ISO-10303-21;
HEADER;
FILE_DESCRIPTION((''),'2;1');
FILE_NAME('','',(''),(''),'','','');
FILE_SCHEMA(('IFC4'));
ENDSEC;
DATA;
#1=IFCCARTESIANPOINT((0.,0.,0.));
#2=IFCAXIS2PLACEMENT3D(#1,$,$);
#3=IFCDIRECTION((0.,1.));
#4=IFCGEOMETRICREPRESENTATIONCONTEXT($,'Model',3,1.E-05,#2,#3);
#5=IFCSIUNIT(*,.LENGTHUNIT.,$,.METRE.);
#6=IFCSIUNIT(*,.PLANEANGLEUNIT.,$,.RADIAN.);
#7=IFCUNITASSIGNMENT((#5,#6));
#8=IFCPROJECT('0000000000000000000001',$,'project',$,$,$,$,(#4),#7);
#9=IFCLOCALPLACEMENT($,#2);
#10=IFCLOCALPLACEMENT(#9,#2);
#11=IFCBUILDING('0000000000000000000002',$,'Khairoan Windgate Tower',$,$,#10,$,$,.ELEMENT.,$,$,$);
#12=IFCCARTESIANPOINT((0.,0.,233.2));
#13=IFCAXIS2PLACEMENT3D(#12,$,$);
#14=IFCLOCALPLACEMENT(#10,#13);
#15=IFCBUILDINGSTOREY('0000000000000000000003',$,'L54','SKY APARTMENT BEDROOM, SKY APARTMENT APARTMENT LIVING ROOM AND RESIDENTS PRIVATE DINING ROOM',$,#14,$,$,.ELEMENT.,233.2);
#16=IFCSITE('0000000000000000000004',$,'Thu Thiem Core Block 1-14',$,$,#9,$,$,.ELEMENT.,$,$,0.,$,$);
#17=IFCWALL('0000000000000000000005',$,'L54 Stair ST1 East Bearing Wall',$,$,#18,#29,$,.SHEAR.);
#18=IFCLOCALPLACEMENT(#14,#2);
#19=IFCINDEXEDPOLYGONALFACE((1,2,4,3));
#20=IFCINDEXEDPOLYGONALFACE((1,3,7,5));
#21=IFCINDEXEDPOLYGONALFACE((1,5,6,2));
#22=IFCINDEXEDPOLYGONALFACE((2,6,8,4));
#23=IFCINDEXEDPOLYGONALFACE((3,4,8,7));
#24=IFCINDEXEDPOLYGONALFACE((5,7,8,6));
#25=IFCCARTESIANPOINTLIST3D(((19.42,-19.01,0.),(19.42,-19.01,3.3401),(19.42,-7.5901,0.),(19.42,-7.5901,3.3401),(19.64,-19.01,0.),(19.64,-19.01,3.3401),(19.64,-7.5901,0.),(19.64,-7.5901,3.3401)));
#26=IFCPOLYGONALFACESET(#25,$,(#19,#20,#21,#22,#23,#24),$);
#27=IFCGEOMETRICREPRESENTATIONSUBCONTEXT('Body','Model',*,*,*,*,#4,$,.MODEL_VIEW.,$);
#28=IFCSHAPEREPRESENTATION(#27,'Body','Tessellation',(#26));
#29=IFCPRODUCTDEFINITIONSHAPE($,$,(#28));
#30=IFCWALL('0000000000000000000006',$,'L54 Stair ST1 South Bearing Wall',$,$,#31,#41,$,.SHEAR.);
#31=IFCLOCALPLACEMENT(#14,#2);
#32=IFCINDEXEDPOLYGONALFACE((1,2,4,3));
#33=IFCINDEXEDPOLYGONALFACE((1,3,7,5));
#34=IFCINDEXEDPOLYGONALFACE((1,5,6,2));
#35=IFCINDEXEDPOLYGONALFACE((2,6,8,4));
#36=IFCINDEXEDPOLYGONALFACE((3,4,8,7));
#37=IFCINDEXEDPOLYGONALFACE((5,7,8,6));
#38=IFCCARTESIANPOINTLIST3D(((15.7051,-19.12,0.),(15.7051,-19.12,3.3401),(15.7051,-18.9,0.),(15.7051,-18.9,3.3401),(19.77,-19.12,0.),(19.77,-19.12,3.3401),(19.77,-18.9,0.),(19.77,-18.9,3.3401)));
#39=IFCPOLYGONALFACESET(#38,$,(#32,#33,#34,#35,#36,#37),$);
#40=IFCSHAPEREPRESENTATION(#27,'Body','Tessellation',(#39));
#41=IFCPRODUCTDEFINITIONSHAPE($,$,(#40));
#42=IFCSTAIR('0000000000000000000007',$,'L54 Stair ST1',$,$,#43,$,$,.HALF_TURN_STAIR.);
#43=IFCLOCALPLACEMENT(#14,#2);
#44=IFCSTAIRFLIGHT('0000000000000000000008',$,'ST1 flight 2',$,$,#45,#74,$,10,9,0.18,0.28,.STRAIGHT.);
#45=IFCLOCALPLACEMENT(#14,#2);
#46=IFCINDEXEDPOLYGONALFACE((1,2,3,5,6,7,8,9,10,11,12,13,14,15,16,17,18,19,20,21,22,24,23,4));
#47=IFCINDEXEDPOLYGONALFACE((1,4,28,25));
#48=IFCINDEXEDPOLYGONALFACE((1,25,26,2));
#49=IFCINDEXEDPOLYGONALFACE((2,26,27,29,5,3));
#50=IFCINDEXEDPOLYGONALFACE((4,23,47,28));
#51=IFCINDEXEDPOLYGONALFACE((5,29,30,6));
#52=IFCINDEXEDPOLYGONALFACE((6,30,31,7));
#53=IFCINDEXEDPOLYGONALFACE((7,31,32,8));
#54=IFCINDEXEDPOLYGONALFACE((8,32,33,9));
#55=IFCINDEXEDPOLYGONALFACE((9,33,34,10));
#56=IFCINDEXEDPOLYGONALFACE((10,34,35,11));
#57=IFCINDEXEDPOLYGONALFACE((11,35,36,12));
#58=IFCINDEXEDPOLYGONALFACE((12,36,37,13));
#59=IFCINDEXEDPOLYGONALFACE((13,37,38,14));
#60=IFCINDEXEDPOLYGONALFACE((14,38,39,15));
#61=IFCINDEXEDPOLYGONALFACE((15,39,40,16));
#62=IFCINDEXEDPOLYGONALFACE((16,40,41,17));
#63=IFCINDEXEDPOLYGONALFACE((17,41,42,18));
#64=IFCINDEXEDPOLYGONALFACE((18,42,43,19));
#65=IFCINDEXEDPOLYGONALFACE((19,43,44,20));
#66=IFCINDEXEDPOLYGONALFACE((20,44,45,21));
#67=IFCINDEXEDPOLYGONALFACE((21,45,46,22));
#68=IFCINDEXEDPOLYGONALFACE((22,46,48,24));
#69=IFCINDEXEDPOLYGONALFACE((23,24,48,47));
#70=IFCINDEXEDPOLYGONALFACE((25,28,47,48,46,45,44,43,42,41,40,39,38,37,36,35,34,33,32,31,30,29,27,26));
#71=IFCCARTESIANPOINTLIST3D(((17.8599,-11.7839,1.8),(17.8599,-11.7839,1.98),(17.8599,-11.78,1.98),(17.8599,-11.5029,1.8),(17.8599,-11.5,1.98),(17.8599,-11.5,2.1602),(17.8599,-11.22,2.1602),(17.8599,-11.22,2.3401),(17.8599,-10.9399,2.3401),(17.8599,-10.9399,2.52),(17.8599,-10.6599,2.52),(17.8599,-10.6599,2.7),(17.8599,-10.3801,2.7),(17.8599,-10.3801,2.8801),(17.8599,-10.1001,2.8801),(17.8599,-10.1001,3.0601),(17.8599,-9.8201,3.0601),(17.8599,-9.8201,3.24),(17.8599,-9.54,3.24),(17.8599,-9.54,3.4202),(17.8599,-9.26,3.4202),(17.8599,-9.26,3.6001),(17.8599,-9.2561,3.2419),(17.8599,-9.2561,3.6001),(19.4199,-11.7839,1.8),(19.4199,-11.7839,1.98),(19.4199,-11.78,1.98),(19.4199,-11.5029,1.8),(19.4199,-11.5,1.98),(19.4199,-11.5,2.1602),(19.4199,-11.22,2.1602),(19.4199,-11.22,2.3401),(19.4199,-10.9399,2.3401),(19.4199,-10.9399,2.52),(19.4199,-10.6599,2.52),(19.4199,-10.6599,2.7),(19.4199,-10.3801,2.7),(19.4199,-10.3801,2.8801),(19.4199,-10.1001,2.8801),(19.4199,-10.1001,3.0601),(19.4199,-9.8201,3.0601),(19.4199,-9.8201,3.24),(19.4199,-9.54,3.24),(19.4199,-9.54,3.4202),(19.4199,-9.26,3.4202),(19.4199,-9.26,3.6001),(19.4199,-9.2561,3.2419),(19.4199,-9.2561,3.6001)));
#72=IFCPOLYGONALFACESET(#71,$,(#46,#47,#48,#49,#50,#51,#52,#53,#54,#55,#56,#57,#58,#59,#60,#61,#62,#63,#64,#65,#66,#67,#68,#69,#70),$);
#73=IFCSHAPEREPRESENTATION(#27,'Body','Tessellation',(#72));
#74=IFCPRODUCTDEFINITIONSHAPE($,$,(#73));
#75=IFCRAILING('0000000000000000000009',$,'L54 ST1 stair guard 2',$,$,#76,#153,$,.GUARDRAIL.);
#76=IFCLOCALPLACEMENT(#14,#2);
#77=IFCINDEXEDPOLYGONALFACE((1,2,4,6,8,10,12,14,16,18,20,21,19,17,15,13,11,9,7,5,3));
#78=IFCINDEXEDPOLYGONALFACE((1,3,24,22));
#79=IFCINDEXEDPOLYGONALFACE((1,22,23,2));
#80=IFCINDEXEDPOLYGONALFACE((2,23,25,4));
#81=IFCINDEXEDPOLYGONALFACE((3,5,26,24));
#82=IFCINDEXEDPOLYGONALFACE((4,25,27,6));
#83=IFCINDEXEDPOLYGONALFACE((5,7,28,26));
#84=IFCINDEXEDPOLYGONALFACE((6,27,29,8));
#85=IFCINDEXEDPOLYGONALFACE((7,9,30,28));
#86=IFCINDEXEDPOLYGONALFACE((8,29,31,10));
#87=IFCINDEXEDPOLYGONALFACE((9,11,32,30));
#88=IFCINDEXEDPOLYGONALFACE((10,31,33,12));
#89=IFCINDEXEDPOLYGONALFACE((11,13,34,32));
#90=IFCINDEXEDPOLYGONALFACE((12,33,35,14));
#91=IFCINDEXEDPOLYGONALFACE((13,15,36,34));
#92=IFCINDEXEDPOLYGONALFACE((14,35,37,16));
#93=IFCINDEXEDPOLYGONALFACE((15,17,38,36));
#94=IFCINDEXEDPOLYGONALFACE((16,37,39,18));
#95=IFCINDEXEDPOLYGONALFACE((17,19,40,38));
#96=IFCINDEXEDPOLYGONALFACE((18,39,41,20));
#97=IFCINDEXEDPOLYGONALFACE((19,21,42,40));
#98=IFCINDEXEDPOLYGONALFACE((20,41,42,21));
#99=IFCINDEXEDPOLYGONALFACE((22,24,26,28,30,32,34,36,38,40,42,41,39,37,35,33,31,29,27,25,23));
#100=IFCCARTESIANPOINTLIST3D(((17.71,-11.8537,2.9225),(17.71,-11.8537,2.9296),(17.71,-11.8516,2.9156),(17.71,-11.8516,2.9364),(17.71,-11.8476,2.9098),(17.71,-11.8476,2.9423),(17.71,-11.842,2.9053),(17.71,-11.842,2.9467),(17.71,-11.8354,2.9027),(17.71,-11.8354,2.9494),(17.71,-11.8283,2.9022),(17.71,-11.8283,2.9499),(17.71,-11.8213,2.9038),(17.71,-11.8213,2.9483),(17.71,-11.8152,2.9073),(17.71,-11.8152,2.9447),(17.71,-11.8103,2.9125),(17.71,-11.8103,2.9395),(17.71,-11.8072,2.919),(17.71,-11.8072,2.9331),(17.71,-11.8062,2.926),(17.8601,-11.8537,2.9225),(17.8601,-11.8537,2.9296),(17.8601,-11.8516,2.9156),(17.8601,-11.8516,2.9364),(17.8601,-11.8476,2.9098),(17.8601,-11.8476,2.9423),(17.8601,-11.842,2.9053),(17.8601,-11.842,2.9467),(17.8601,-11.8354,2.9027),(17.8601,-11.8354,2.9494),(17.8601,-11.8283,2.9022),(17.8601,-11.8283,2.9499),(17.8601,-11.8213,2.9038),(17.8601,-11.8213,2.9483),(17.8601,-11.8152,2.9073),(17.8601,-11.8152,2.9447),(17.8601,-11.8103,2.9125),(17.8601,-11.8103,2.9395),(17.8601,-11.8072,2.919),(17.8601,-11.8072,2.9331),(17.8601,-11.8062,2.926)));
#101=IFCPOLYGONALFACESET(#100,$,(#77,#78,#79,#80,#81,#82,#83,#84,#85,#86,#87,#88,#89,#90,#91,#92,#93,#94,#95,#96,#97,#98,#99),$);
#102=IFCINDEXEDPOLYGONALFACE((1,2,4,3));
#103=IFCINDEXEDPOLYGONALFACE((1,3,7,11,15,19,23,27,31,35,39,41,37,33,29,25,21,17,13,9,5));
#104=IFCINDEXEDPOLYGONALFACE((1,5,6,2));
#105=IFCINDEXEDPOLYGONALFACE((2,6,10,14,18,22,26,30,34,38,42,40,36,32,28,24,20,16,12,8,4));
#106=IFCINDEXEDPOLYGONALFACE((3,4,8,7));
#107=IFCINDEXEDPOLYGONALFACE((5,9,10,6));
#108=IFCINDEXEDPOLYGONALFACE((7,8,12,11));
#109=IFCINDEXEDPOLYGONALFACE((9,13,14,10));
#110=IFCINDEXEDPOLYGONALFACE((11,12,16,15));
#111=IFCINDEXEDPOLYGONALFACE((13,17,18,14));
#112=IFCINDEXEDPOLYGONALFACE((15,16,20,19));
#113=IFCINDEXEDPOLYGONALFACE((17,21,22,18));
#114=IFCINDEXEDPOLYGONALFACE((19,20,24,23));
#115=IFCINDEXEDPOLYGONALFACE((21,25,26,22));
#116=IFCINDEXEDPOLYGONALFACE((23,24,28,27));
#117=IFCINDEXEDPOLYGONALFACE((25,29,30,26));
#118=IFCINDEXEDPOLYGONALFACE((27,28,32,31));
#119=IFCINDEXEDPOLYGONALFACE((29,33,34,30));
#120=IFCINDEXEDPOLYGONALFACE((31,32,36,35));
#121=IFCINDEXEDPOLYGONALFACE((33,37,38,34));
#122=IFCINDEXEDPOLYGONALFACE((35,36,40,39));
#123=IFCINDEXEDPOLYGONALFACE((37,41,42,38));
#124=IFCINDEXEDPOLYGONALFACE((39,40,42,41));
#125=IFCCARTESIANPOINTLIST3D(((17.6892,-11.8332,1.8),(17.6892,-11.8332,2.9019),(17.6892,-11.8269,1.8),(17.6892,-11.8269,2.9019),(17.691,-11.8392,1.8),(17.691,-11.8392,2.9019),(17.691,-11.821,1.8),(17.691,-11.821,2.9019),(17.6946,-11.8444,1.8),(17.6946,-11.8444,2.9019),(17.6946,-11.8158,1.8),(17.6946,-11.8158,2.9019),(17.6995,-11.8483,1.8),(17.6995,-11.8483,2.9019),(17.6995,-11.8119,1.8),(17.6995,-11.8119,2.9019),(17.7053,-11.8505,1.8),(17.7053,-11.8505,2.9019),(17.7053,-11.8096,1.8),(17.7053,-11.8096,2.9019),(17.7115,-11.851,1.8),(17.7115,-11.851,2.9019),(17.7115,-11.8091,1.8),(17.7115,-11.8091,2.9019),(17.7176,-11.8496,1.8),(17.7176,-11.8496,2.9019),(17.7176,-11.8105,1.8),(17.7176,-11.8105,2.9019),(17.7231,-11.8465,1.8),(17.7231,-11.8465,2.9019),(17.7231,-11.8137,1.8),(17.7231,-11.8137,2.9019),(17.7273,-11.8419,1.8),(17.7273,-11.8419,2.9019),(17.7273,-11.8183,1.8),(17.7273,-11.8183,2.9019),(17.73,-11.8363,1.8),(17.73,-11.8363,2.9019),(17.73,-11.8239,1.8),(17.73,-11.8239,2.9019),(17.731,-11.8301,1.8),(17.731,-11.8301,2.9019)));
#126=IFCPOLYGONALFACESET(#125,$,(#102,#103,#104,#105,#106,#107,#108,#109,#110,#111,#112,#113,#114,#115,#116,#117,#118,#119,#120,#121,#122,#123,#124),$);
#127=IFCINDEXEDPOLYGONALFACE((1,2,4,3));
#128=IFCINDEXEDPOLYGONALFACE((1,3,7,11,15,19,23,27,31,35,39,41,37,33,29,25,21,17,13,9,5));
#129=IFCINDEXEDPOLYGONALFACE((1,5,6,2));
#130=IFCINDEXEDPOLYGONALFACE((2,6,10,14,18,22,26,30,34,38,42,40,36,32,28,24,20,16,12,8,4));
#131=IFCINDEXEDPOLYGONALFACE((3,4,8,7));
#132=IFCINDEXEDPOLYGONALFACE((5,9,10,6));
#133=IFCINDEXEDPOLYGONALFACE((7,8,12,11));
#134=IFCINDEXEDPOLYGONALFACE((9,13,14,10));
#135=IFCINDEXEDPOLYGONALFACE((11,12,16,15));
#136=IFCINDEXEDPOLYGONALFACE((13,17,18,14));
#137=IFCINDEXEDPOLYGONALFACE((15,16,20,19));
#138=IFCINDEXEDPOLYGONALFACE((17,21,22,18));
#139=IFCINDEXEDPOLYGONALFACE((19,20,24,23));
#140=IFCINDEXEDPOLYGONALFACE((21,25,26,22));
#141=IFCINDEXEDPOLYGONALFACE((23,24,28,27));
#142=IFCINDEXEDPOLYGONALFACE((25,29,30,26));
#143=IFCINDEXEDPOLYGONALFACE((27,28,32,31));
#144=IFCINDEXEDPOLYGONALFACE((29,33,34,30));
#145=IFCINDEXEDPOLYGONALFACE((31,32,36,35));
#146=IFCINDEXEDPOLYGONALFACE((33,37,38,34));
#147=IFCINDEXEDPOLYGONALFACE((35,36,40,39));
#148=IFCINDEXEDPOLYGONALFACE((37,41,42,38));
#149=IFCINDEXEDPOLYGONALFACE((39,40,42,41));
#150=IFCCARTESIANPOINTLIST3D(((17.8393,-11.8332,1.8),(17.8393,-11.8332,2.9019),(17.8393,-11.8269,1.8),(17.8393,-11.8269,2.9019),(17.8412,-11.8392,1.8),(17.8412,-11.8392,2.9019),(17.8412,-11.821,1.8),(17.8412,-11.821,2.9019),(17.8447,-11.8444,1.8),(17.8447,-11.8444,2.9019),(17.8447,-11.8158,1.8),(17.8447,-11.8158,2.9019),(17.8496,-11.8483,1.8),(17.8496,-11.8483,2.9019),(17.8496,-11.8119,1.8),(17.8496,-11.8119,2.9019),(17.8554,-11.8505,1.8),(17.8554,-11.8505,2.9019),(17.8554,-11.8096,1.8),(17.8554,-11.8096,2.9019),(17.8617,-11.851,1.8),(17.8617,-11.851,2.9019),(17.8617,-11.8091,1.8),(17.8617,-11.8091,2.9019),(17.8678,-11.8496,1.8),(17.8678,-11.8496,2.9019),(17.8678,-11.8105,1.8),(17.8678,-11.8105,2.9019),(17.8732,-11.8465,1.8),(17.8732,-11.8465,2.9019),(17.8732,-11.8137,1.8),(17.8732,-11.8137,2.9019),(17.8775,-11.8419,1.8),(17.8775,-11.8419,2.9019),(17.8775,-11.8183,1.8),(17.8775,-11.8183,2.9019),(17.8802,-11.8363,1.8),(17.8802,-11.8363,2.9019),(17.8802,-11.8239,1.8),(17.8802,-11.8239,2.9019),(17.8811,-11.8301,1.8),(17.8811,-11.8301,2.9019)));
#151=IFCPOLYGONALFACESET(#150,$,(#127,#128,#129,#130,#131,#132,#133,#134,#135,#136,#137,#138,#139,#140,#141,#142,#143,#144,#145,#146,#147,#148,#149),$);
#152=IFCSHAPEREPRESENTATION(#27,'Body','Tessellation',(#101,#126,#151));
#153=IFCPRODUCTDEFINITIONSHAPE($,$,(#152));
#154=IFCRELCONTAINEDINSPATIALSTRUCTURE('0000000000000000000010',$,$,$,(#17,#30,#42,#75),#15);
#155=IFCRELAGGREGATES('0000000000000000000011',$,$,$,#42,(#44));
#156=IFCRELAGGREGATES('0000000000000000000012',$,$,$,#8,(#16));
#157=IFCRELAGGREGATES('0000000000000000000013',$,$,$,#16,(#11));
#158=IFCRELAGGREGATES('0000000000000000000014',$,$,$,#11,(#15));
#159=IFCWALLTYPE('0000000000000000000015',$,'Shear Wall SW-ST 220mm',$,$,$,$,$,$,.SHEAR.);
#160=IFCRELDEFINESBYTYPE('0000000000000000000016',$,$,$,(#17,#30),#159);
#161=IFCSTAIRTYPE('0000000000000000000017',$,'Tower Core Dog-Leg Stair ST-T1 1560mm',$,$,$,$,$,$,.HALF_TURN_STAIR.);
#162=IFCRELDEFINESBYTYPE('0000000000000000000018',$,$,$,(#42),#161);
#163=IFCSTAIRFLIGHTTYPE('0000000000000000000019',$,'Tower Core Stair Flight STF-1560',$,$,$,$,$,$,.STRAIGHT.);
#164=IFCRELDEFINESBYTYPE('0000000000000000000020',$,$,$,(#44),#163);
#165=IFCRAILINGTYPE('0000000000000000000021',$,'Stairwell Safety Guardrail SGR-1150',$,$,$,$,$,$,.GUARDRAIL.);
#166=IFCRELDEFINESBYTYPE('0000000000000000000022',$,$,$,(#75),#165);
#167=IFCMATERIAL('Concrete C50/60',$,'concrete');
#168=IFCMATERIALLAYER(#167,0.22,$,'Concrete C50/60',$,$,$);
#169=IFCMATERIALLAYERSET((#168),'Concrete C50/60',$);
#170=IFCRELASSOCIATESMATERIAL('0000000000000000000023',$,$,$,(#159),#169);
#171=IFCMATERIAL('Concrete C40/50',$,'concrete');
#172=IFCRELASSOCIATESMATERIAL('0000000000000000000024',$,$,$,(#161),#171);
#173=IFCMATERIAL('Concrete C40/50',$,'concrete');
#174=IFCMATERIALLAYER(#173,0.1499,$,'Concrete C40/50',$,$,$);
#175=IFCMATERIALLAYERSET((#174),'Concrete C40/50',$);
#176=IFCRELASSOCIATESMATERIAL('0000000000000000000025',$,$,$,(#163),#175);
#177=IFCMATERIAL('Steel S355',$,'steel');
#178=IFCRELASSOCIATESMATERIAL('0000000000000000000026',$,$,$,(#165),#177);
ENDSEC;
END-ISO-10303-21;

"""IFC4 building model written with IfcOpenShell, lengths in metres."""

from ifc_helpers import new_model, si_unit, direction, frame, frame_2d, origin, origin_2d, place, context, subcontext, project, spatial, polyline, rectangle, circle, outline, extrude, material, layer, layer_set, type_object, element, aggregate, save


model = new_model("IFC4")

# Units and contexts
model_context = context("Model", 3, precision=1e-05, world=origin(), true_north=direction((0.0, 1.0)))
body_context = subcontext(model_context, "Body", "Model", "MODEL_VIEW")
ifc_project = project(units=[si_unit("LENGTHUNIT", "METRE"), si_unit("PLANEANGLEUNIT", "RADIAN")], contexts=[model_context])

# Site, building, storey
site_placement = place(None, origin())
site = spatial("IfcSite", under=ifc_project, at=site_placement, Name="Thu Thiem Core Block 1-14", CompositionType="ELEMENT", RefElevation=0.0)
building_placement = place(site_placement, origin())
building = spatial("IfcBuilding", under=site, at=building_placement, Name="Khairoan Windgate Tower", CompositionType="ELEMENT")
storey_placement = place(building_placement, frame((0.0, 0.0, 233.2)))
storey = spatial("IfcBuildingStorey", under=building, at=storey_placement, Name="L54", Description="SKY APARTMENT BEDROOM, SKY APARTMENT APARTMENT LIVING ROOM AND RESIDENTS PRIVATE DINING ROOM", CompositionType="ELEMENT", Elevation=233.2)

# Walls
ifc_material_1 = material(Name="Concrete C50/60", Category="concrete")
ifc_layer_1 = layer(ifc_material_1, 0.22, Name="Concrete C50/60")
ifc_layer_set_1 = layer_set([ifc_layer_1], Name="Concrete C50/60")
wall_type_1 = type_object("IfcWallType", Name="Shear Wall SW-ST 220mm", PredefinedType="SHEAR", material=ifc_layer_set_1)
for number, where, z_axis, x_axis, name in (
    (1, (19.53, -19.01, 0.0), (0.0, 0.0, 1.0), (0.0, 1.0, 0.0), "L54 Stair ST1 East Bearing Wall"),
):
    element("IfcWall", number, at=place(storey_placement, frame(where, z_axis=z_axis, x_axis=x_axis)), inside=storey, type_object=wall_type_1, Name=name, PredefinedType="SHEAR", context=body_context, shape_type="SweptSolid", body=[
        extrude(rectangle(XDim=11.4199, YDim=0.22, at=frame_2d((5.71, 0.0))), origin(), (0.0, 0.0, 1.0), 3.3401),
    ])
wall_1_placement = place(storey_placement, frame((15.7051, -19.01, 0.0), z_axis=(0.0, 0.0, 1.0), x_axis=(1.0, 0.0, 0.0)))
element("IfcWall", 2, at=wall_1_placement, inside=storey, type_object=wall_type_1, Name="L54 Stair ST1 South Bearing Wall", PredefinedType="SHEAR", context=body_context, shape_type="SweptSolid", body=[
    extrude(rectangle(XDim=4.0649, YDim=0.22, at=frame_2d((2.0325, 0.0))), origin(), (0.0, 0.0, 1.0), 3.3401),
])

# Stair, stair flight
ifc_material_2 = material(Name="Concrete C40/50", Category="concrete")
stair_type = type_object("IfcStairType", Name="Tower Core Dog-Leg Stair ST-T1 1560mm", PredefinedType="HALF_TURN_STAIR", material=ifc_material_2)
stair_placement = place(storey_placement, origin())
stair = element("IfcStair", 3, at=stair_placement, inside=storey, type_object=stair_type, Name="L54 Stair ST1", PredefinedType="HALF_TURN_STAIR")
ifc_material_3 = material(Name="Concrete C40/50", Category="concrete")
ifc_layer_2 = layer(ifc_material_3, 0.1499, Name="Concrete C40/50")
ifc_layer_set_2 = layer_set([ifc_layer_2], Name="Concrete C40/50")
stair_flight_type = type_object("IfcStairFlightType", Name="Tower Core Stair Flight STF-1560", PredefinedType="STRAIGHT", material=ifc_layer_set_2)
stair_flight_placement = place(storey_placement, frame((18.6399, -11.78, 1.8), z_axis=(0.0, 0.0, 1.0), x_axis=(0.0, 1.0, 0.0)))
stair_flight = element("IfcStairFlight", 4, at=stair_flight_placement, type_object=stair_flight_type, Name="ST1 flight 2", NumberOfRisers=10, NumberOfTreads=9, PredefinedType="STRAIGHT", RiserHeight=0.18, TreadLength=0.28, context=body_context, shape_type="SweptSolid", body=[
    extrude(outline(polyline([(-0.0039, 0.0), (-0.0039, 0.1799), (0.0, 0.1799), (0.28, 0.1799), (0.28, 0.3601), (0.5601, 0.3601), (0.5601, 0.54), (0.8401, 0.54), (0.8401, 0.72), (1.1201, 0.72), (1.1201, 0.8999), (1.3999, 0.8999), (1.3999, 1.0801), (1.6799, 1.0801), (1.6799, 1.26), (1.96, 1.26), (1.96, 1.4399), (2.24, 1.4399), (2.24, 1.6201), (2.52, 1.6201), (2.52, 1.8), (2.5239, 1.8), (2.5239, 1.4419), (0.2771, 0.0), (-0.0039, 0.0)])), frame((0.0, 0.78, 0.0), z_axis=(0.0, -1.0, 0.0), x_axis=(1.0, 0.0, 0.0)), (0.0, 0.0, 1.0), 1.5601),
])
aggregate(stair, [stair_flight])

# Railing
ifc_material_4 = material(Name="Steel S355", Category="steel")
railing_type = type_object("IfcRailingType", Name="Stairwell Safety Guardrail SGR-1150", PredefinedType="GUARDRAIL", material=ifc_material_4)
railing_1_placement = place(storey_placement, frame((17.71, -11.8301, 1.8)))
element("IfcRailing", 5, at=railing_1_placement, inside=storey, type_object=railing_type, Name="L54 ST1 stair guard 2", PredefinedType="GUARDRAIL", context=body_context, shape_type="SweptSolid", body=[
    extrude(circle(Radius=0.0239, at=origin_2d()), frame((0.0, 0.0, 1.126), z_axis=(1.0, 0.0, 0.0), x_axis=(0.0, 1.0, 0.0)), (0.0, 0.0, 1.0), 0.1501),
    extrude(circle(Radius=0.021, at=origin_2d()), origin(), (0.0, 0.0, 1.0), 1.1018),
    extrude(circle(Radius=0.021, at=origin_2d()), frame((0.1501, 0.0, 0.0)), (0.0, 0.0, 1.0), 1.1018),
])

save(model, "model.ifc")
